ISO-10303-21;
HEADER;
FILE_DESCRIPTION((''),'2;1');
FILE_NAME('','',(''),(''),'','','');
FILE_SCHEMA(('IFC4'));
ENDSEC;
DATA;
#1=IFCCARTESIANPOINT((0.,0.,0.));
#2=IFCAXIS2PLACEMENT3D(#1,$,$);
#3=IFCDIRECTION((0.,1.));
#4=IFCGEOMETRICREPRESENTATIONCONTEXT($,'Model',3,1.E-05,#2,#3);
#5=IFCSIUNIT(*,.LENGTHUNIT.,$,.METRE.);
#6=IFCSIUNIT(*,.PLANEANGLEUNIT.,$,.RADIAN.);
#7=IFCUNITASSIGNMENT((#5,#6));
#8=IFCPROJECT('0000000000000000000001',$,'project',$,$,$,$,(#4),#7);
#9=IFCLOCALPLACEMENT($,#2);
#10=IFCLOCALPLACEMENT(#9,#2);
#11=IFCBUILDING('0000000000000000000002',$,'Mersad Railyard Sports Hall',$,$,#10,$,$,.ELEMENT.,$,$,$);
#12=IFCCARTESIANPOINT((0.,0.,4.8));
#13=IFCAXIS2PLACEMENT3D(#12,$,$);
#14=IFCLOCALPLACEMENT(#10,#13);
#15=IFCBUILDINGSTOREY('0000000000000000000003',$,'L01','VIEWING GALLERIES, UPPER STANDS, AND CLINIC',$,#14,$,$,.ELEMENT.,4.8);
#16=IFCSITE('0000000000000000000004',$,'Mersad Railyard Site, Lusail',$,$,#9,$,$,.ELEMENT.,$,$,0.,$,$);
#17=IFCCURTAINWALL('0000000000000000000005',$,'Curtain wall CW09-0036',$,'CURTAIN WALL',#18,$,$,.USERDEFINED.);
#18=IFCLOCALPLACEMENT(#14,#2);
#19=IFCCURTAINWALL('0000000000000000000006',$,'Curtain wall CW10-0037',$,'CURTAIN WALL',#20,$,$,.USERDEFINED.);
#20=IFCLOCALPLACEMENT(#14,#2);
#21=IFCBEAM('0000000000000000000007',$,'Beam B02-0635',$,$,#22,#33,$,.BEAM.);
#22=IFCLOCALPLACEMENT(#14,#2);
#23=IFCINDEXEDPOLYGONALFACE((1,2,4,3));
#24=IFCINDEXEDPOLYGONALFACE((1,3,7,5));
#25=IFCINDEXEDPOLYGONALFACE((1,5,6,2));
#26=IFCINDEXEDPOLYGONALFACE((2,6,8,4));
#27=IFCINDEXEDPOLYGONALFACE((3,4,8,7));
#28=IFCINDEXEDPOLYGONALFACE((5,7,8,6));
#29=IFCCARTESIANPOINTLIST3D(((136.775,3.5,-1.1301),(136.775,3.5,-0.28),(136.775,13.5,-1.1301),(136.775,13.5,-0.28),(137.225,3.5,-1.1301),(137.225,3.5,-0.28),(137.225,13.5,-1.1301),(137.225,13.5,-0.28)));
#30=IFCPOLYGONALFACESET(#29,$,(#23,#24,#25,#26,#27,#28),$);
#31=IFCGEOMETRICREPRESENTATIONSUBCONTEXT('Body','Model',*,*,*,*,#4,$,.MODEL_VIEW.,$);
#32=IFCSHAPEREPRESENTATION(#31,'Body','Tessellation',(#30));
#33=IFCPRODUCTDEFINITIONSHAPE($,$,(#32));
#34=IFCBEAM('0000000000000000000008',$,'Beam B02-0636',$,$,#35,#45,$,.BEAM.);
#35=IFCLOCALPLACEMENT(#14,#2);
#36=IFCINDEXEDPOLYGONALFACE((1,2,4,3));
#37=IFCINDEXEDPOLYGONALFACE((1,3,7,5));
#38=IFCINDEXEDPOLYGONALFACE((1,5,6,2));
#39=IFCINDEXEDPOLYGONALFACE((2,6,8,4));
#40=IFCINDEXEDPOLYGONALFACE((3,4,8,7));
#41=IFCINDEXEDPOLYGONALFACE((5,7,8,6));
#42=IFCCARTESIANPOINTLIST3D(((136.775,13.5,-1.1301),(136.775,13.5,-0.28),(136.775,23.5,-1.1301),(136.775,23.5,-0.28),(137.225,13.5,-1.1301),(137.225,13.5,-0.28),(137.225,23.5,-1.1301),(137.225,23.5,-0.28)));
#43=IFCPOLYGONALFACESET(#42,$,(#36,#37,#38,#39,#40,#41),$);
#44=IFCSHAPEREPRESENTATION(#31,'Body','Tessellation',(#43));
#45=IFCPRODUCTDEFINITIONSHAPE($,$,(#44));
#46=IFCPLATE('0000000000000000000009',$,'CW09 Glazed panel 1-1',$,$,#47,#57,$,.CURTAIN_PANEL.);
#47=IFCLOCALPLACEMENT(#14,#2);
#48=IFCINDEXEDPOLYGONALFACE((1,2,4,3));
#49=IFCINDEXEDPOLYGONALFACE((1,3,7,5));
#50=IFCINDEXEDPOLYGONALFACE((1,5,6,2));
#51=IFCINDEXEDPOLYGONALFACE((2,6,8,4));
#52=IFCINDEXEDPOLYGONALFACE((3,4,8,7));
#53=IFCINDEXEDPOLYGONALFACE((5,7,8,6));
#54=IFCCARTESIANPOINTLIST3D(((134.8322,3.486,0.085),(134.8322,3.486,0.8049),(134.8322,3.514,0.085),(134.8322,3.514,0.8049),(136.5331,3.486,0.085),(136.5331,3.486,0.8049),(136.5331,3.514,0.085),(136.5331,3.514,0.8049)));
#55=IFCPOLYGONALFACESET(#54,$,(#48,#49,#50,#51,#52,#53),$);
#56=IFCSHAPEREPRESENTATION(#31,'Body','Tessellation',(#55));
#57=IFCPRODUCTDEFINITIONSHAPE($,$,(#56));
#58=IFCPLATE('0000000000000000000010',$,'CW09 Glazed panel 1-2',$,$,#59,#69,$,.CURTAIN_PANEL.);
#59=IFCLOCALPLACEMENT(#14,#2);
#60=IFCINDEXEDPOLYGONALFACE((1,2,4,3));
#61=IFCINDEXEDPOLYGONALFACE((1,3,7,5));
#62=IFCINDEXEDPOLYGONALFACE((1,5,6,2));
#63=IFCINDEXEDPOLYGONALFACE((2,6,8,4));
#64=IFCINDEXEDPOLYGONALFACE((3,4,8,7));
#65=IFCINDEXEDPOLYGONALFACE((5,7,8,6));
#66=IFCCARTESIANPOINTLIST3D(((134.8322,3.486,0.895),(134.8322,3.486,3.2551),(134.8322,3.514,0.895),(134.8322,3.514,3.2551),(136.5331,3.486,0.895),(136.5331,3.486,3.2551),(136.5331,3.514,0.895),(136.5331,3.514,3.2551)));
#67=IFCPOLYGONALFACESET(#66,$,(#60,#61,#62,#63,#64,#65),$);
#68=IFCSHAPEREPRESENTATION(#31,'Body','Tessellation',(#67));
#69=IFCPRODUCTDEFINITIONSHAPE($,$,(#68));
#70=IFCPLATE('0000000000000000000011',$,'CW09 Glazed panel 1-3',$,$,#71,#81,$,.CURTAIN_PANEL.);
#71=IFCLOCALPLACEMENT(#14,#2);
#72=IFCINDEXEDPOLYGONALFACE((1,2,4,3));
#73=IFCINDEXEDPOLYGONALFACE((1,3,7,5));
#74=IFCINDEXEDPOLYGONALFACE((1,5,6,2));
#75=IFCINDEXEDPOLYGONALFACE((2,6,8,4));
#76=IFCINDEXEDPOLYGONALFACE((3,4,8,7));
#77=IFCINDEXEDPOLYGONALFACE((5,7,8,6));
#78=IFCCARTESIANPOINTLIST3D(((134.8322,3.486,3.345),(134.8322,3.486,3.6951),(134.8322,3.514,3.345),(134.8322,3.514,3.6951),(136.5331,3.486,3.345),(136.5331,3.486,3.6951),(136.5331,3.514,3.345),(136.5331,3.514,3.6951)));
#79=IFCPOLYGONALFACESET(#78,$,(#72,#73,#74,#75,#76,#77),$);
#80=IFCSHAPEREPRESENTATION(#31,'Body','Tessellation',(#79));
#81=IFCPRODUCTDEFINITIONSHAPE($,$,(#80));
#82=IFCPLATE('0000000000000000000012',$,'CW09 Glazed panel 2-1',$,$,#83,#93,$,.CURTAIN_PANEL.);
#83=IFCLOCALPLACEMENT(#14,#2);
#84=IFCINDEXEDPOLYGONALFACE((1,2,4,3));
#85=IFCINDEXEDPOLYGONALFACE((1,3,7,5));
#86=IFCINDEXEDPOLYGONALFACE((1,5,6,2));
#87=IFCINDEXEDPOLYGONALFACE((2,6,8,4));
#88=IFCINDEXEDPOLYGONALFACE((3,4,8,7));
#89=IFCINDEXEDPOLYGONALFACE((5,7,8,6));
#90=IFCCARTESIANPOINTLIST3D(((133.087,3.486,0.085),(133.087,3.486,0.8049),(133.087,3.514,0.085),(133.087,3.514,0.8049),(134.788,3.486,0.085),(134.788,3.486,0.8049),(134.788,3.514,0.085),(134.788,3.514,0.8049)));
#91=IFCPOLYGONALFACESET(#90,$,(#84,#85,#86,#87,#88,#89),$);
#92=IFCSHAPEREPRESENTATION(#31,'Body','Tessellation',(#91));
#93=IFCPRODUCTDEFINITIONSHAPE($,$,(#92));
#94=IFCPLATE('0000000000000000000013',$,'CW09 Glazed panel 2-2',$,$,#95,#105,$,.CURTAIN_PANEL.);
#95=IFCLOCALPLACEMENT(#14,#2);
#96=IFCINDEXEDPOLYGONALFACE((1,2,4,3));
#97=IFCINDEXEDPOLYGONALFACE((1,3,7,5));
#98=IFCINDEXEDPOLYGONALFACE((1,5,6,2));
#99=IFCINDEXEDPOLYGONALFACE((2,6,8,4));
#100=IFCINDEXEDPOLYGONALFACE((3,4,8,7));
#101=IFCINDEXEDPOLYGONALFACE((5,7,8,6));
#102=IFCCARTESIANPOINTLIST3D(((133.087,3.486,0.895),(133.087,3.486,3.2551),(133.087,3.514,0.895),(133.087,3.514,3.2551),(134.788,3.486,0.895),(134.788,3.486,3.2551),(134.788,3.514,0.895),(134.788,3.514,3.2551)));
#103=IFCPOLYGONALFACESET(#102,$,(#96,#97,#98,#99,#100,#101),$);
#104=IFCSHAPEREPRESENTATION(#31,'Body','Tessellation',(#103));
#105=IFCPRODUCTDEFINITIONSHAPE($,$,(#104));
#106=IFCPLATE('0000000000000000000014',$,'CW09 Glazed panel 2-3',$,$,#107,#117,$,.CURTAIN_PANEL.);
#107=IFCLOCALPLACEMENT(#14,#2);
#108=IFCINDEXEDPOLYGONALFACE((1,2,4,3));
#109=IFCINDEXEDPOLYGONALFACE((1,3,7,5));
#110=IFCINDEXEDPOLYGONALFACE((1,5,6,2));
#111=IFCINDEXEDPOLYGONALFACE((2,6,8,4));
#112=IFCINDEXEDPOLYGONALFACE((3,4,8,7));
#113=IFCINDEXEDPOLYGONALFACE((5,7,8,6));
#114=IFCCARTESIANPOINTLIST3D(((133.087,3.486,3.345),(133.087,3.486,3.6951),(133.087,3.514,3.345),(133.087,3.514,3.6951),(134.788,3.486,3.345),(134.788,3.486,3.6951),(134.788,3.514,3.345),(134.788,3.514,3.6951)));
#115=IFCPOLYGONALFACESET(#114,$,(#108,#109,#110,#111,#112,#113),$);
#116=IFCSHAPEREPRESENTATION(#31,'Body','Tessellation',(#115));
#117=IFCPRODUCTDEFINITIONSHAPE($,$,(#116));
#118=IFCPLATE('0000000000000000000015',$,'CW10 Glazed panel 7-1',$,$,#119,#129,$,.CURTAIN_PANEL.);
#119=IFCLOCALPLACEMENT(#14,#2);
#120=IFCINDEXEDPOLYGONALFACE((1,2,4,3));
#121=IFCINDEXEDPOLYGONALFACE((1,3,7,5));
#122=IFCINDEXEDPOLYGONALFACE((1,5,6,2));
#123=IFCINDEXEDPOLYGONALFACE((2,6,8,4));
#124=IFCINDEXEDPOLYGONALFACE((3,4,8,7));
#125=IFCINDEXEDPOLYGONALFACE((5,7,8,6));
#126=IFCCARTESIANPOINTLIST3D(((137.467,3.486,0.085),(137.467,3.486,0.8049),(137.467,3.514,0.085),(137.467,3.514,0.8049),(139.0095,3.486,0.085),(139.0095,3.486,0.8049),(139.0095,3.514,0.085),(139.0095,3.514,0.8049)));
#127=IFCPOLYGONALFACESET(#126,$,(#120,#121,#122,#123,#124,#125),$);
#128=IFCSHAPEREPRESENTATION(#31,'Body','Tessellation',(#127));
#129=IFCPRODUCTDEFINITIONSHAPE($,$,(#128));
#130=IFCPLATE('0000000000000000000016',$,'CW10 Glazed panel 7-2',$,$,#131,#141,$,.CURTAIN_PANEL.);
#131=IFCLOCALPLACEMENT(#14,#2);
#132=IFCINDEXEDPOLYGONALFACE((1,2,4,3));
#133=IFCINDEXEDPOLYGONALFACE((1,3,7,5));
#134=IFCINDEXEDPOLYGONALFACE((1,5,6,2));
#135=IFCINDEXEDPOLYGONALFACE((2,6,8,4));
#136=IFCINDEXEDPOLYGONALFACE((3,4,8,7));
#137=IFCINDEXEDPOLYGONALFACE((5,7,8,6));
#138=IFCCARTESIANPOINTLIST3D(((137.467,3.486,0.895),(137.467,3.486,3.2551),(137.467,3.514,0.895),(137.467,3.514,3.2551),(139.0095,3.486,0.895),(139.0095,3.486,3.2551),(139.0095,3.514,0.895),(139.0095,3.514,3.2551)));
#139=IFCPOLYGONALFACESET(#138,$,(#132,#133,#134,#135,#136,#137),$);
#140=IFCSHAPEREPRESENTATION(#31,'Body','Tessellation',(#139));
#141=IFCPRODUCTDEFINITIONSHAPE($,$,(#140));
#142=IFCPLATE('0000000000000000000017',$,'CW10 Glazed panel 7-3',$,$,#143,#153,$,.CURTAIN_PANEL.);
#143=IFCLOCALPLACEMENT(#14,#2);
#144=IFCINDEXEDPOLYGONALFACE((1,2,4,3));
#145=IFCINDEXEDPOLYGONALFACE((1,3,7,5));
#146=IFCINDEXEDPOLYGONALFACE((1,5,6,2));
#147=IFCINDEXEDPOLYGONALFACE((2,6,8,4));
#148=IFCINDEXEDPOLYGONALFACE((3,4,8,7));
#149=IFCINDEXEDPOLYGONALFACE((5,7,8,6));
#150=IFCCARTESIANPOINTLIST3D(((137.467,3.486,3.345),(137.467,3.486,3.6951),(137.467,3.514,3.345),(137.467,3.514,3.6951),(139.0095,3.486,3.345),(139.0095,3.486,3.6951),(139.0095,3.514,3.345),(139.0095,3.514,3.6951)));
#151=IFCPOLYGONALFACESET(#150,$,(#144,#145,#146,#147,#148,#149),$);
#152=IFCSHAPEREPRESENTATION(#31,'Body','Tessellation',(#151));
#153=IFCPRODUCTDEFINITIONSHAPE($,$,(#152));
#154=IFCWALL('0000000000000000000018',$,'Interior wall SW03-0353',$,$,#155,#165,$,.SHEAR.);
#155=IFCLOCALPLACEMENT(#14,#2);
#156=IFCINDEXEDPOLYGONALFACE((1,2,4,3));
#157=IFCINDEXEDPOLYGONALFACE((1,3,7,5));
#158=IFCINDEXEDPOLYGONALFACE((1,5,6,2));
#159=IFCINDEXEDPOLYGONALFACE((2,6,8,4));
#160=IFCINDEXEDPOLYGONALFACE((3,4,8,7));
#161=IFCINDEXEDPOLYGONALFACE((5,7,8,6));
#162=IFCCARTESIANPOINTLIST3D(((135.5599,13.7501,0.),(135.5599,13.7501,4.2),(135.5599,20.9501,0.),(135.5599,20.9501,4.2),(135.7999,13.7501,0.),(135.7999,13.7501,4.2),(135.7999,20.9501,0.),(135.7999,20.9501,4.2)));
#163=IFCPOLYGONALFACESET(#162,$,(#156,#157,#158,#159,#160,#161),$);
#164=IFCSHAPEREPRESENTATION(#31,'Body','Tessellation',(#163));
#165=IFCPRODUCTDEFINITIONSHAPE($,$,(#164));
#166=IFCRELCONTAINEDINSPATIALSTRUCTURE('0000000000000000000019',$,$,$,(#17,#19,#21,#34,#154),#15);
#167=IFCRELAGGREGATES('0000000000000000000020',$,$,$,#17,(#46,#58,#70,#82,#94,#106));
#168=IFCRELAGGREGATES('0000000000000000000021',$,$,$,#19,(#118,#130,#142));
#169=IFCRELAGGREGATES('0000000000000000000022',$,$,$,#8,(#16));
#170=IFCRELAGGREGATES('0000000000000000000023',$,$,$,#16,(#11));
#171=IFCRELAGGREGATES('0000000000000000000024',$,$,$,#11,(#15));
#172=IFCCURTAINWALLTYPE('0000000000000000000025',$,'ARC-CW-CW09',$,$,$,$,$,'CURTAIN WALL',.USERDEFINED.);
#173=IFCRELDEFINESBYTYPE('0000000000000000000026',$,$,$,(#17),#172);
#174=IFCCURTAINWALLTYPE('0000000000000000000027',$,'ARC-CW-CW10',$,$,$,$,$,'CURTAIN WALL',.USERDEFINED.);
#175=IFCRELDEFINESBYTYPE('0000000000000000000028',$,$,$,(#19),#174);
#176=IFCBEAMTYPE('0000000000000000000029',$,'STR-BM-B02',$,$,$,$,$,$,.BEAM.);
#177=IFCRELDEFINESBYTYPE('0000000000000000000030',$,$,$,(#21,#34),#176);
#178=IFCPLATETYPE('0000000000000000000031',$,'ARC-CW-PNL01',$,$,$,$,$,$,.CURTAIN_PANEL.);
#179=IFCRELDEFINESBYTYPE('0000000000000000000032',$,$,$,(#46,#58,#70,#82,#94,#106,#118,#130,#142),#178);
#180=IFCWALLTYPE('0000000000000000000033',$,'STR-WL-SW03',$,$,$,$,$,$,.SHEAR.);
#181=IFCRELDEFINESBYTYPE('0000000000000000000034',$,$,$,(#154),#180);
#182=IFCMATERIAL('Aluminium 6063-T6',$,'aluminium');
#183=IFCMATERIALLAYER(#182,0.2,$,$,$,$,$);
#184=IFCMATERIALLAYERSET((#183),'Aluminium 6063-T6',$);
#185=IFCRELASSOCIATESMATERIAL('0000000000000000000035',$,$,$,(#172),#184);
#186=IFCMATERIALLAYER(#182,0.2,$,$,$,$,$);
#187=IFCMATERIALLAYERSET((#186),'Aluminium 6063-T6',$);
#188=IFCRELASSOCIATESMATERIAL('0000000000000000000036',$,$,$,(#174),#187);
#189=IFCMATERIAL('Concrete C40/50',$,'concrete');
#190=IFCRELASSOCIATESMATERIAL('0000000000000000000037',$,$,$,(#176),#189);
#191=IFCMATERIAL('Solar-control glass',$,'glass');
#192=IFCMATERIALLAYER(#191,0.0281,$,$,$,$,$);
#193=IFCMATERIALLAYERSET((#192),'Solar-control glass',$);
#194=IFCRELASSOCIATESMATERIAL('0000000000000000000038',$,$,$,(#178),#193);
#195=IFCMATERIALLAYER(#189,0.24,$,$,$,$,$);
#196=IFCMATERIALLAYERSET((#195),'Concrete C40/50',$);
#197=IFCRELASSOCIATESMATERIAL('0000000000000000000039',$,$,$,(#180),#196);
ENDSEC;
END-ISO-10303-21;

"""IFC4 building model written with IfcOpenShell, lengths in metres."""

from ifc_helpers import new_model, si_unit, direction, frame, frame_2d, origin, origin_2d, place, context, subcontext, project, spatial, rectangle, extrude, material, layer, layer_set, material_profile, profile_set, type_object, element, aggregate, save


model = new_model("IFC4")

# Units and contexts
model_context = context("Model", 3, precision=1e-05, world=origin(), true_north=direction((0.0, 1.0)))
body_context = subcontext(model_context, "Body", "Model", "MODEL_VIEW")
ifc_project = project(units=[si_unit("LENGTHUNIT", "METRE"), si_unit("PLANEANGLEUNIT", "RADIAN")], contexts=[model_context])

# Site, building, storey
site_placement = place(None, origin())
site = spatial("IfcSite", under=ifc_project, at=site_placement, Name="Mersad Railyard Site, Lusail", CompositionType="ELEMENT", RefElevation=0.0)
building_placement = place(site_placement, origin())
building = spatial("IfcBuilding", under=site, at=building_placement, Name="Mersad Railyard Sports Hall", CompositionType="ELEMENT")
storey_placement = place(building_placement, frame((0.0, 0.0, 4.8)))
storey = spatial("IfcBuildingStorey", under=building, at=storey_placement, Name="L01", Description="VIEWING GALLERIES, UPPER STANDS, AND CLINIC", CompositionType="ELEMENT", Elevation=4.8)

# Curtain wall
ifc_material_1 = material(Name="Aluminium 6063-T6", Category="aluminium")
ifc_layer_1 = layer(ifc_material_1, 0.2)
ifc_layer_set_1 = layer_set([ifc_layer_1], Name="Aluminium 6063-T6")
curtain_wall_type_1 = type_object("IfcCurtainWallType", Name="ARC-CW-CW09", ElementType="CURTAIN WALL", PredefinedType="USERDEFINED", material=ifc_layer_set_1)
curtain_wall_1_placement = place(storey_placement, origin())
curtain_wall_1 = element("IfcCurtainWall", 1, at=curtain_wall_1_placement, inside=storey, type_object=curtain_wall_type_1, Name="Curtain wall CW09-0036", ObjectType="CURTAIN WALL", PredefinedType="USERDEFINED")

# Curtain wall
ifc_layer_2 = layer(ifc_material_1, 0.2)
ifc_layer_set_2 = layer_set([ifc_layer_2], Name="Aluminium 6063-T6")
curtain_wall_type_2 = type_object("IfcCurtainWallType", Name="ARC-CW-CW10", ElementType="CURTAIN WALL", PredefinedType="USERDEFINED", material=ifc_layer_set_2)
curtain_wall_2_placement = place(storey_placement, origin())
curtain_wall_2 = element("IfcCurtainWall", 2, at=curtain_wall_2_placement, inside=storey, type_object=curtain_wall_type_2, Name="Curtain wall CW10-0037", ObjectType="CURTAIN WALL", PredefinedType="USERDEFINED")

# Beams
ifc_material_2 = material(Name="Concrete C40/50", Category="concrete")
ifc_material_profile_1 = material_profile(ifc_material_2, rectangle(XDim=0.45, YDim=0.8501, at=origin_2d()), Name="RC 450x850")
ifc_profile_set_1 = profile_set([ifc_material_profile_1], Name="Concrete C40/50")
beam_type = type_object("IfcBeamType", Name="STR-BM-B02", PredefinedType="BEAM", material=ifc_profile_set_1)
for number, where, z_axis, x_axis, name in (
    (3, (137.0, 3.5, -0.7051), (0.0, 1.0, 0.0), (-1.0, 0.0, 0.0), "Beam B02-0635"),
    (4, (137.0, 13.5, -0.7051), (0.0, 1.0, 0.0), (-1.0, 0.0, 0.0), "Beam B02-0636"),
):
    element("IfcBeam", number, at=place(storey_placement, frame(where, z_axis=z_axis, x_axis=x_axis)), inside=storey, type_object=beam_type, Name=name, PredefinedType="BEAM", context=body_context, shape_type="SweptSolid", body=[
        extrude(rectangle(XDim=0.45, YDim=0.8501, at=origin_2d()), origin(), (0.0, 0.0, 1.0), 10.0),
    ])

# Plates
ifc_material_3 = material(Name="Solar-control glass", Category="glass")
ifc_layer_3 = layer(ifc_material_3, 0.0281)
ifc_layer_set_3 = layer_set([ifc_layer_3], Name="Solar-control glass")
plate_type = type_object("IfcPlateType", Name="ARC-CW-PNL01", PredefinedType="CURTAIN_PANEL", material=ifc_layer_set_3)
plate_1_placement = place(storey_placement, frame((135.6826, 3.5, 0.085), z_axis=(0.0, 0.0, 1.0), x_axis=(-1.0, 0.0, 0.0)))
plate_1 = element("IfcPlate", 5, at=plate_1_placement, type_object=plate_type, Name="CW09 Glazed panel 1-1", PredefinedType="CURTAIN_PANEL", context=body_context, shape_type="SweptSolid", body=[
    extrude(rectangle(XDim=1.7009, YDim=0.0281, at=origin_2d()), origin(), (0.0, 0.0, 1.0), 0.72),
])
plate_2_placement = place(storey_placement, frame((135.6826, 3.5, 0.895), z_axis=(0.0, 0.0, 1.0), x_axis=(-1.0, 0.0, 0.0)))
plate_2 = element("IfcPlate", 6, at=plate_2_placement, type_object=plate_type, Name="CW09 Glazed panel 1-2", PredefinedType="CURTAIN_PANEL", context=body_context, shape_type="SweptSolid", body=[
    extrude(rectangle(XDim=1.7009, YDim=0.0281, at=origin_2d()), origin(), (0.0, 0.0, 1.0), 2.3601),
])
plate_3_placement = place(storey_placement, frame((135.6826, 3.5, 3.345), z_axis=(0.0, 0.0, 1.0), x_axis=(-1.0, 0.0, 0.0)))
plate_3 = element("IfcPlate", 7, at=plate_3_placement, type_object=plate_type, Name="CW09 Glazed panel 1-3", PredefinedType="CURTAIN_PANEL", context=body_context, shape_type="SweptSolid", body=[
    extrude(rectangle(XDim=1.7009, YDim=0.0281, at=origin_2d()), origin(), (0.0, 0.0, 1.0), 0.3501),
])
plate_4_placement = place(storey_placement, frame((133.9375, 3.5, 0.085), z_axis=(0.0, 0.0, 1.0), x_axis=(-1.0, 0.0, 0.0)))
plate_4 = element("IfcPlate", 8, at=plate_4_placement, type_object=plate_type, Name="CW09 Glazed panel 2-1", PredefinedType="CURTAIN_PANEL", context=body_context, shape_type="SweptSolid", body=[
    extrude(rectangle(XDim=1.7009, YDim=0.0281, at=origin_2d()), origin(), (0.0, 0.0, 1.0), 0.72),
])
plate_5_placement = place(storey_placement, frame((133.9375, 3.5, 0.895), z_axis=(0.0, 0.0, 1.0), x_axis=(-1.0, 0.0, 0.0)))
plate_5 = element("IfcPlate", 9, at=plate_5_placement, type_object=plate_type, Name="CW09 Glazed panel 2-2", PredefinedType="CURTAIN_PANEL", context=body_context, shape_type="SweptSolid", body=[
    extrude(rectangle(XDim=1.7009, YDim=0.0281, at=origin_2d()), origin(), (0.0, 0.0, 1.0), 2.3601),
])
plate_6_placement = place(storey_placement, frame((133.9375, 3.5, 3.345), z_axis=(0.0, 0.0, 1.0), x_axis=(-1.0, 0.0, 0.0)))
plate_6 = element("IfcPlate", 10, at=plate_6_placement, type_object=plate_type, Name="CW09 Glazed panel 2-3", PredefinedType="CURTAIN_PANEL", context=body_context, shape_type="SweptSolid", body=[
    extrude(rectangle(XDim=1.7009, YDim=0.0281, at=origin_2d()), origin(), (0.0, 0.0, 1.0), 0.3501),
])
aggregate(curtain_wall_1, [plate_1, plate_2, plate_3, plate_4, plate_5, plate_6])
plate_7_placement = place(storey_placement, frame((138.2383, 3.5, 0.085), z_axis=(0.0, 0.0, 1.0), x_axis=(-1.0, 0.0, 0.0)))
plate_7 = element("IfcPlate", 11, at=plate_7_placement, type_object=plate_type, Name="CW10 Glazed panel 7-1", PredefinedType="CURTAIN_PANEL", context=body_context, shape_type="SweptSolid", body=[
    extrude(rectangle(XDim=1.5425, YDim=0.0281, at=origin_2d()), origin(), (0.0, 0.0, 1.0), 0.72),
])
plate_8_placement = place(storey_placement, frame((138.2383, 3.5, 0.895), z_axis=(0.0, 0.0, 1.0), x_axis=(-1.0, 0.0, 0.0)))
plate_8 = element("IfcPlate", 12, at=plate_8_placement, type_object=plate_type, Name="CW10 Glazed panel 7-2", PredefinedType="CURTAIN_PANEL", context=body_context, shape_type="SweptSolid", body=[
    extrude(rectangle(XDim=1.5425, YDim=0.0281, at=origin_2d()), origin(), (0.0, 0.0, 1.0), 2.3601),
])
plate_9_placement = place(storey_placement, frame((138.2383, 3.5, 3.345), z_axis=(0.0, 0.0, 1.0), x_axis=(-1.0, 0.0, 0.0)))
plate_9 = element("IfcPlate", 13, at=plate_9_placement, type_object=plate_type, Name="CW10 Glazed panel 7-3", PredefinedType="CURTAIN_PANEL", context=body_context, shape_type="SweptSolid", body=[
    extrude(rectangle(XDim=1.5425, YDim=0.0281, at=origin_2d()), origin(), (0.0, 0.0, 1.0), 0.3501),
])
aggregate(curtain_wall_2, [plate_7, plate_8, plate_9])

# Wall
ifc_layer_4 = layer(ifc_material_2, 0.24)
ifc_layer_set_4 = layer_set([ifc_layer_4], Name="Concrete C40/50")
wall_type = type_object("IfcWallType", Name="STR-WL-SW03", PredefinedType="SHEAR", material=ifc_layer_set_4)
wall_placement = place(storey_placement, frame((135.6799, 13.75, 0.0), z_axis=(0.0, 0.0, 1.0), x_axis=(0.0, 1.0, 0.0)))
element("IfcWall", 14, at=wall_placement, inside=storey, type_object=wall_type, Name="Interior wall SW03-0353", PredefinedType="SHEAR", context=body_context, shape_type="SweptSolid", body=[
    extrude(rectangle(XDim=7.2, YDim=0.24, at=frame_2d((3.6001, 0.0))), origin(), (0.0, 0.0, 1.0), 4.2),
])

save(model, "model.ifc")
